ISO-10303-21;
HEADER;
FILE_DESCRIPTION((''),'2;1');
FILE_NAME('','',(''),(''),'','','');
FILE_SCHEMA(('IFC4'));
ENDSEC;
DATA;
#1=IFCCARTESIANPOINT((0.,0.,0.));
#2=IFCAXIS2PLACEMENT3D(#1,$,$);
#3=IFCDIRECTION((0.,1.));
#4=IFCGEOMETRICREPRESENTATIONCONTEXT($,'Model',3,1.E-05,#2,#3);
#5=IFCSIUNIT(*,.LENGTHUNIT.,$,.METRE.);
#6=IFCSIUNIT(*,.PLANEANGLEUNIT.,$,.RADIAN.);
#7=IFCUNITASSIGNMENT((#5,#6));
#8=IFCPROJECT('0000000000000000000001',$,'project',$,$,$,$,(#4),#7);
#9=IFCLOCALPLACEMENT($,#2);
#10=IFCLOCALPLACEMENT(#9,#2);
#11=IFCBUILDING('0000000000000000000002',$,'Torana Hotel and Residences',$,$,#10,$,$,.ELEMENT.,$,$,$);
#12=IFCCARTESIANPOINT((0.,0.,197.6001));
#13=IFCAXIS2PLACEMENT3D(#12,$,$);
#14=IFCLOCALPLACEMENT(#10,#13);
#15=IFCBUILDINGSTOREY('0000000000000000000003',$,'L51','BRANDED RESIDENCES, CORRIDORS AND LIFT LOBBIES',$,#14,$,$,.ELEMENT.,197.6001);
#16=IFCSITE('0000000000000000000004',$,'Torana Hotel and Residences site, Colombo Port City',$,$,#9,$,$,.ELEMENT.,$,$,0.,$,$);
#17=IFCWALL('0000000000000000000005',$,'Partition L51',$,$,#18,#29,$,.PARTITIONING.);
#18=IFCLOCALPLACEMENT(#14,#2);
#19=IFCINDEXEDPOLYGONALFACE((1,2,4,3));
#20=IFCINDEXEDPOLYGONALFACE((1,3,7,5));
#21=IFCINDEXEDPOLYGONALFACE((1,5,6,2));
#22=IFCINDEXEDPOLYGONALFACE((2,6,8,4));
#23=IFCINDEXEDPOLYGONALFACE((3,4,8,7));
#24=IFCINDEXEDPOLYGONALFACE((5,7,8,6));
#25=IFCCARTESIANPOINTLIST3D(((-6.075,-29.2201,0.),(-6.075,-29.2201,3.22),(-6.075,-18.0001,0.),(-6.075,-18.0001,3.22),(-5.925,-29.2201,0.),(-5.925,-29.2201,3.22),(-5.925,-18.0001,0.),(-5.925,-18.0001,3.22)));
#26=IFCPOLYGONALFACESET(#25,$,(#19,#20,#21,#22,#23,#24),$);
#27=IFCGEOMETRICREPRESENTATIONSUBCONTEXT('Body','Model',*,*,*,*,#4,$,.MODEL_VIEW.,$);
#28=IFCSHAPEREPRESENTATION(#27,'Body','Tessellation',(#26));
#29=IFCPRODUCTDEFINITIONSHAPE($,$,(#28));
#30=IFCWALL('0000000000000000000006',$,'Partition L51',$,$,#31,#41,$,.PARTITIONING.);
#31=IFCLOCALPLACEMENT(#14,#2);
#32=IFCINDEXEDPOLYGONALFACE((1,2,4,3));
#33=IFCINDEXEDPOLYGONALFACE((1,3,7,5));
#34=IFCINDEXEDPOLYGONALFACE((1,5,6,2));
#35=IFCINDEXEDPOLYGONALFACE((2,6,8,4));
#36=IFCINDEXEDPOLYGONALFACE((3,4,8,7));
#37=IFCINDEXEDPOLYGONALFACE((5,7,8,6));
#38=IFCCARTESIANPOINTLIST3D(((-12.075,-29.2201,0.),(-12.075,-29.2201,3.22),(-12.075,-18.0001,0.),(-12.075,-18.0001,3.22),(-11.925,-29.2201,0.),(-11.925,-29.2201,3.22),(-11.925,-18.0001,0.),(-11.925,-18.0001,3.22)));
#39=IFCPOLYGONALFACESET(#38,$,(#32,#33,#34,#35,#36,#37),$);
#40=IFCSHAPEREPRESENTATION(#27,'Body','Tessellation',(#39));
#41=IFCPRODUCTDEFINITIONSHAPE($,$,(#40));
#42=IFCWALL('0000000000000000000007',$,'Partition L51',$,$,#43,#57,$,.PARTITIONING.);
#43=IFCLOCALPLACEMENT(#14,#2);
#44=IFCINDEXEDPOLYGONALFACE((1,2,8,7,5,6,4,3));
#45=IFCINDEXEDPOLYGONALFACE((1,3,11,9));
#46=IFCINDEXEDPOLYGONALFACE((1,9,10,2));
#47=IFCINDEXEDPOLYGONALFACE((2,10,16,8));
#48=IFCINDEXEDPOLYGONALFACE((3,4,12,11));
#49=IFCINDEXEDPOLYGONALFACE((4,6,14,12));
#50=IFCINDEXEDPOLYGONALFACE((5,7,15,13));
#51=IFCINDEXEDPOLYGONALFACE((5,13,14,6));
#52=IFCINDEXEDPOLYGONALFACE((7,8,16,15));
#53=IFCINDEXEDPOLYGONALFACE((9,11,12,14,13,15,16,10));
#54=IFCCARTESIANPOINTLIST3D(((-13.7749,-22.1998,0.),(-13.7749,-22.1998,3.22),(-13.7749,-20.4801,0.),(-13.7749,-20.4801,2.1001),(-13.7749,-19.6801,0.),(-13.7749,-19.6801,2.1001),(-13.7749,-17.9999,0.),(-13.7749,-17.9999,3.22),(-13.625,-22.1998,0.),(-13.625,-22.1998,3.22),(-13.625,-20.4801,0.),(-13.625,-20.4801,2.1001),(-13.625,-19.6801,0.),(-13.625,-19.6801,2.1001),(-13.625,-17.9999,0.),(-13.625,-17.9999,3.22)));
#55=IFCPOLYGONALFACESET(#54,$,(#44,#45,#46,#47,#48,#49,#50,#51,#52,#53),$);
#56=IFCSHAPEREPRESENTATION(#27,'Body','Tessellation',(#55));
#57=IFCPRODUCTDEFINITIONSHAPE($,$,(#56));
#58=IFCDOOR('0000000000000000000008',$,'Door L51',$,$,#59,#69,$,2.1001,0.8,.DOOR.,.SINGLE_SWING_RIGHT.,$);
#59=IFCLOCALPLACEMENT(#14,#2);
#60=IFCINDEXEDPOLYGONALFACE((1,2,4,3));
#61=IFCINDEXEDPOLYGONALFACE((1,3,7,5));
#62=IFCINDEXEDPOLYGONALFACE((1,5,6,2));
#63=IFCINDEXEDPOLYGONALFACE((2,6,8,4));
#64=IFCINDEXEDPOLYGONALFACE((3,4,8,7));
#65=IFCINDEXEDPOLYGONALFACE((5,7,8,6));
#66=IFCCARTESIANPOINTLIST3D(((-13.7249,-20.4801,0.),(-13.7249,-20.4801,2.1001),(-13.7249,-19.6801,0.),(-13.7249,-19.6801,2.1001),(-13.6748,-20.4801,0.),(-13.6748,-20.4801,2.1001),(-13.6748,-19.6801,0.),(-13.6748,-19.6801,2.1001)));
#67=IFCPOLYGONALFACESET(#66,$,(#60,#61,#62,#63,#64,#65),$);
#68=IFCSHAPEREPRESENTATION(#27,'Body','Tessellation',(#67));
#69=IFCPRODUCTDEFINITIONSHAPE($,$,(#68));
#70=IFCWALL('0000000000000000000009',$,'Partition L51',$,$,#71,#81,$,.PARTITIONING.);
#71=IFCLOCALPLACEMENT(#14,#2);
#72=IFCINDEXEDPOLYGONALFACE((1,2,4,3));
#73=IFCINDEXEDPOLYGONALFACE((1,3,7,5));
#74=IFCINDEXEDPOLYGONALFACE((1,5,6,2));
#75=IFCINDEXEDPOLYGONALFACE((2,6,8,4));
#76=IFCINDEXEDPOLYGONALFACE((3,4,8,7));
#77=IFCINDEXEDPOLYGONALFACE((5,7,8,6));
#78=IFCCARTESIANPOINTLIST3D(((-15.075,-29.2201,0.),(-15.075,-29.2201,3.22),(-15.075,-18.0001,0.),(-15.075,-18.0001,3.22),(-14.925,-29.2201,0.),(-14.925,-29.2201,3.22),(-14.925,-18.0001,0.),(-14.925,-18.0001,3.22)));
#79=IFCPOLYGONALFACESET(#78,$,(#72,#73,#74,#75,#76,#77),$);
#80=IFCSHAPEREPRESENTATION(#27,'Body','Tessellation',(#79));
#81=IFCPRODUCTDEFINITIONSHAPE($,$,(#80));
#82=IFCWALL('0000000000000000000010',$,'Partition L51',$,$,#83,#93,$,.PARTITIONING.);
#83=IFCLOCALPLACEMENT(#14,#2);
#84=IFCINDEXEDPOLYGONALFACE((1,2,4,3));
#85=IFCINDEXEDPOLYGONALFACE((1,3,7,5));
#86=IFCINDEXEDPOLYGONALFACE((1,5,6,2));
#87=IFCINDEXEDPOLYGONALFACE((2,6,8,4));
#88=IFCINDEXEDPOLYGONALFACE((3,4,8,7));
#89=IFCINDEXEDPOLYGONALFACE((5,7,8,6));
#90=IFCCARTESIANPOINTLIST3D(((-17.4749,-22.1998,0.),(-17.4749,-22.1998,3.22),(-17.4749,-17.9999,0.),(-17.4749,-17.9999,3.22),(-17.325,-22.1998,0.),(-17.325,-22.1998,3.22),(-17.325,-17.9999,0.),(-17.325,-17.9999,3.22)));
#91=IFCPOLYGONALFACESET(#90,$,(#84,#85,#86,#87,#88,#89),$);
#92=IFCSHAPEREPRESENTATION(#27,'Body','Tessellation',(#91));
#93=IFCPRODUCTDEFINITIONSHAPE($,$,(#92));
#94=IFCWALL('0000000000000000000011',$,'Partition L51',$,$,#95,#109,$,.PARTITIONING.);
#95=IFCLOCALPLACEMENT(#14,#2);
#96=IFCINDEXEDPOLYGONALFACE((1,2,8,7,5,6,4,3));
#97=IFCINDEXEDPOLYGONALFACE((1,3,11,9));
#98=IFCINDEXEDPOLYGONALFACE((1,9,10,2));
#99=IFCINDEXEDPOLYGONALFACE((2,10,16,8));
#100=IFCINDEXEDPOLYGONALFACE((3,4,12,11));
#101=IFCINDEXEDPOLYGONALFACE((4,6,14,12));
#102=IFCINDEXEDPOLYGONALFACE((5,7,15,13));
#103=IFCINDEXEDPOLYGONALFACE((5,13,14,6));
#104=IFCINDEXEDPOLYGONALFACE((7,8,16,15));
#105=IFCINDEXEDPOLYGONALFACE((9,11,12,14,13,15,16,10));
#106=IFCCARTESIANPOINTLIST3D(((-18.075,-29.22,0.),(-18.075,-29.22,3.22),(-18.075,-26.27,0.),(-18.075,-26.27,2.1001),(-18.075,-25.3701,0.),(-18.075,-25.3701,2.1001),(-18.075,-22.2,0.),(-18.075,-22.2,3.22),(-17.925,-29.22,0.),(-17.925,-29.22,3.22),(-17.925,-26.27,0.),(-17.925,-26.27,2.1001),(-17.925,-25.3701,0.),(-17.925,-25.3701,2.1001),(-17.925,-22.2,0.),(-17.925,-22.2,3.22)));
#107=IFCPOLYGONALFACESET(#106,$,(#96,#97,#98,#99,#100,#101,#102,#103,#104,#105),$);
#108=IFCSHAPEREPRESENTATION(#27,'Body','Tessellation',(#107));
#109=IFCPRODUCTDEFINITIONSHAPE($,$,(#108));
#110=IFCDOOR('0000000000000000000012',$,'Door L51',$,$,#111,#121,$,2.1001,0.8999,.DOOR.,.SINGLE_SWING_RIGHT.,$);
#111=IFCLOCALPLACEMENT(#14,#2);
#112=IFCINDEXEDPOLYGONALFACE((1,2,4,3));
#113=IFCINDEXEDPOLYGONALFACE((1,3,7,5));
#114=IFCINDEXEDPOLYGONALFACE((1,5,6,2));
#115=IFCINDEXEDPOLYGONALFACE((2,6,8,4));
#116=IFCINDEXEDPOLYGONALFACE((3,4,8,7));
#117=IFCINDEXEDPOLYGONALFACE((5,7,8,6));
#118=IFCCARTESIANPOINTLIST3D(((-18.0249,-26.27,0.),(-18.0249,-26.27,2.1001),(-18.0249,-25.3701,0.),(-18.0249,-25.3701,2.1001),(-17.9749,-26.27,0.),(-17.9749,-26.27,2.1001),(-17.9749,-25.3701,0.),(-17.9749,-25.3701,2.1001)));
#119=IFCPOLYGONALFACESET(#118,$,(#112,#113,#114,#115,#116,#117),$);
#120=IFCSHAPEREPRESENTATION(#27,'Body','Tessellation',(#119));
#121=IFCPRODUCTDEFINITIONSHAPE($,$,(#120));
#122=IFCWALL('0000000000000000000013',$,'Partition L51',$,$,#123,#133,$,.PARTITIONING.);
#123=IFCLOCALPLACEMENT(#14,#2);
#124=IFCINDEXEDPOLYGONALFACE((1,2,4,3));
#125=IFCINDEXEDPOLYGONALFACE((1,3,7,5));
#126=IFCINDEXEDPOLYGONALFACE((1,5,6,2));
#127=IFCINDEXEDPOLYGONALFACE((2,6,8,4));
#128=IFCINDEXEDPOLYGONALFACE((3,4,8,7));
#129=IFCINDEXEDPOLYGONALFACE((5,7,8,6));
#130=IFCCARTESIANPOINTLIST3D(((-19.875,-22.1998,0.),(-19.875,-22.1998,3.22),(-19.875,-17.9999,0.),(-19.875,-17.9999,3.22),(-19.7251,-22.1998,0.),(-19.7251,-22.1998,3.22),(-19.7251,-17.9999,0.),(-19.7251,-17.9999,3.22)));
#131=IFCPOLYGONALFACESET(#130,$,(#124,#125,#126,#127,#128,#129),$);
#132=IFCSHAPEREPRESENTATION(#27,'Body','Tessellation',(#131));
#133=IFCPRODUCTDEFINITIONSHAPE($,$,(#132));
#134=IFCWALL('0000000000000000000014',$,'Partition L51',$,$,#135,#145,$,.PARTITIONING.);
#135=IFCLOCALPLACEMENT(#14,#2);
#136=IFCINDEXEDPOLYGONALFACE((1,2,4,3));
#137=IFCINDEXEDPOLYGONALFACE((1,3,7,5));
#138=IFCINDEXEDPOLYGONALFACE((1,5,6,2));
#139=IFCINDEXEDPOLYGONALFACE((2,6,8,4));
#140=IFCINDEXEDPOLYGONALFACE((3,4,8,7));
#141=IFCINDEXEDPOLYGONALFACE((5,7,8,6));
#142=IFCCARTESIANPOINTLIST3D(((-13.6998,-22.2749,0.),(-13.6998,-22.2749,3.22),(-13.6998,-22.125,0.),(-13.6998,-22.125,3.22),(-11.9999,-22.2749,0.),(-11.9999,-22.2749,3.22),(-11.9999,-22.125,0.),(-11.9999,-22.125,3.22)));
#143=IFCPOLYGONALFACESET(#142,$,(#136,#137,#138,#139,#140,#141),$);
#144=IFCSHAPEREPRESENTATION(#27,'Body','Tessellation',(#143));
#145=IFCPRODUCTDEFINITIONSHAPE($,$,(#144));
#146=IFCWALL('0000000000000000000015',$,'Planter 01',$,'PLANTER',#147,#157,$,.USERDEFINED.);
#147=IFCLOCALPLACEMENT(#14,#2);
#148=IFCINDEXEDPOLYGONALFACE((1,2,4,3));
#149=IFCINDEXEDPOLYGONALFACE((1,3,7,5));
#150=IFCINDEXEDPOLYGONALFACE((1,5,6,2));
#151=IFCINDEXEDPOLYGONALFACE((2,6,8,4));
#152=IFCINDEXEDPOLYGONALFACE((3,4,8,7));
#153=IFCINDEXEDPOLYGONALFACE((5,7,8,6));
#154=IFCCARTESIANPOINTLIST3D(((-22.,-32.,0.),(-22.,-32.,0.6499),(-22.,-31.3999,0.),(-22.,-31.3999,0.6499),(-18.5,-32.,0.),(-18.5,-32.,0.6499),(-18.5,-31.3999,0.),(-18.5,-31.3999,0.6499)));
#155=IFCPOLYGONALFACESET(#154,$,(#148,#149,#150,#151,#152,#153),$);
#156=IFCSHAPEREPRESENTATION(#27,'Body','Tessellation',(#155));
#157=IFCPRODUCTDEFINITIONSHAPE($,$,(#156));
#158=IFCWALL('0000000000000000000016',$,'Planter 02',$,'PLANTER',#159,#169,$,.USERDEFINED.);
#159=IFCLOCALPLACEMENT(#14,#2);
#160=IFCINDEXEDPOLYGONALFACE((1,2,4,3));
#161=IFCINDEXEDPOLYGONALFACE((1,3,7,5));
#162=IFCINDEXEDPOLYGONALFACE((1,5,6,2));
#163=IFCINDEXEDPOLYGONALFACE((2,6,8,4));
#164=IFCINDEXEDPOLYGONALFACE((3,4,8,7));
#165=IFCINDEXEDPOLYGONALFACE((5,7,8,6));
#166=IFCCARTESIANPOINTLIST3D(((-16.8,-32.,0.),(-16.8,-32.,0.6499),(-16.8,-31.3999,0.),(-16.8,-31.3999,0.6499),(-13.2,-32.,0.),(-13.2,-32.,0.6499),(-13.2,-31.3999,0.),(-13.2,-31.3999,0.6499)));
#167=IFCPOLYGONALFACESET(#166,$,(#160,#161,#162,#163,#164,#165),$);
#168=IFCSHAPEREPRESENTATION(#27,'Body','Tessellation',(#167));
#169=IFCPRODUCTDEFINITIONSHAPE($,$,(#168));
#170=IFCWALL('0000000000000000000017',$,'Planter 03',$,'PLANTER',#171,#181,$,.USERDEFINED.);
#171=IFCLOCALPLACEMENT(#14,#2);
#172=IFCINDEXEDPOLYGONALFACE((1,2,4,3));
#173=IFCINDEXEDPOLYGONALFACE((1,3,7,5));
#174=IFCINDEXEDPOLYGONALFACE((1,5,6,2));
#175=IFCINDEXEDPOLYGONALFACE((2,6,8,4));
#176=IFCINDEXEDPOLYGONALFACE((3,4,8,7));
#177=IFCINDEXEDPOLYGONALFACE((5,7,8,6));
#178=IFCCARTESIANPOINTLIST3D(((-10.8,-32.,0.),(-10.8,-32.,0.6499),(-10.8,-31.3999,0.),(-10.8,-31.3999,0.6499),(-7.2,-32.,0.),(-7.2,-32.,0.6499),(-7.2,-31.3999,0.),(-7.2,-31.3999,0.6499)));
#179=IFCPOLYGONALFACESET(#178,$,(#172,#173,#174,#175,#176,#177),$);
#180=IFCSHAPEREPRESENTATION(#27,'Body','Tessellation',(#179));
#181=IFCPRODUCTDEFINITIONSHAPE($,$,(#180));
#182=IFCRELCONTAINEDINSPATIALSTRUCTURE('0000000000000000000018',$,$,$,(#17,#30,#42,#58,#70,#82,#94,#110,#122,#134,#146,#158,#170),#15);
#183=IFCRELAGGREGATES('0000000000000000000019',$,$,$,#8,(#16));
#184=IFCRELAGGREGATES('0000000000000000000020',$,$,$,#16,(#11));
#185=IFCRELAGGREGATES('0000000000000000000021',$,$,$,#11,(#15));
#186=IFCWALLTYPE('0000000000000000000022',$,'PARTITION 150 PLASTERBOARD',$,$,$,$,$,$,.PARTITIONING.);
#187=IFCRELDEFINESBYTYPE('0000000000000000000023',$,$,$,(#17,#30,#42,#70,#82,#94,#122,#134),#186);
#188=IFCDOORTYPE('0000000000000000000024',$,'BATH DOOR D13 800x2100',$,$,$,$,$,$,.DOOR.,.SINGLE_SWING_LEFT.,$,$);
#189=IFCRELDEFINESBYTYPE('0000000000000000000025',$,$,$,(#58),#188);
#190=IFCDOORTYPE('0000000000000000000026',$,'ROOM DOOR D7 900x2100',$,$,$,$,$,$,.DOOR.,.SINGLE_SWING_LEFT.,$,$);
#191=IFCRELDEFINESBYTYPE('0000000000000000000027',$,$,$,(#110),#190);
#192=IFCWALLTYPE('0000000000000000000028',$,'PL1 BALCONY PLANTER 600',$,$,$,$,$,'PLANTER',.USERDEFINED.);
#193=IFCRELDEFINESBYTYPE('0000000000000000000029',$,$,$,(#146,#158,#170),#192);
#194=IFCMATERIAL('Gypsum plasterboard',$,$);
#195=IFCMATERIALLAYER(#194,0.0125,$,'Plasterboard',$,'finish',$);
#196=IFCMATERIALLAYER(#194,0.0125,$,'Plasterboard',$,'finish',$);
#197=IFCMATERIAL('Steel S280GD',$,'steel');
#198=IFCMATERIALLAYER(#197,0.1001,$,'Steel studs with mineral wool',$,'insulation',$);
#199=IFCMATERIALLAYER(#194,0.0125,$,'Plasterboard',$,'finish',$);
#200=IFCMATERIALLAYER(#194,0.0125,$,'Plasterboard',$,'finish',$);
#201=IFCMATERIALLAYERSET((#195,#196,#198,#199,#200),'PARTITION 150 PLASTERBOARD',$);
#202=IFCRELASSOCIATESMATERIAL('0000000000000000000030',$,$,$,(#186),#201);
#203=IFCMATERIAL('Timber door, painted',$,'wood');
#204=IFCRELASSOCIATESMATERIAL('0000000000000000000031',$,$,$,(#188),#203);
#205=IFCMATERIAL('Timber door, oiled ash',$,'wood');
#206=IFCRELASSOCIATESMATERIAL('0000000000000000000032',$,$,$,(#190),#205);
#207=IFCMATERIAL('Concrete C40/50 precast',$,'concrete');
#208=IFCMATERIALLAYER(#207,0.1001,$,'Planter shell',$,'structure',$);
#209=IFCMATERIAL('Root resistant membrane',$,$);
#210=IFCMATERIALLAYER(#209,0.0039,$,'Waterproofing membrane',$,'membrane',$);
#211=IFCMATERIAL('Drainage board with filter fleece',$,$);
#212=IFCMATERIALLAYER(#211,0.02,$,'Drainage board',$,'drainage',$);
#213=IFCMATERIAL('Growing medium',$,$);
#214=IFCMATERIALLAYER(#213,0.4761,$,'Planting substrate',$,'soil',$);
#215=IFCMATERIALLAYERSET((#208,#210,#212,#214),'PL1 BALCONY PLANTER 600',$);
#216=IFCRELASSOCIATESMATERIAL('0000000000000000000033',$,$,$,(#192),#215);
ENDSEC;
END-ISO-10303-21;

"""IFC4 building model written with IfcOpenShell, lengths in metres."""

from ifc_helpers import new_model, si_unit, direction, frame, frame_2d, origin, place, context, subcontext, project, spatial, rectangle, extrude, material, layer, layer_set, type_object, element, fill, save


model = new_model("IFC4")

# Units and contexts
model_context = context("Model", 3, precision=1e-05, world=origin(), true_north=direction((0.0, 1.0)))
body_context = subcontext(model_context, "Body", "Model", "MODEL_VIEW")
ifc_project = project(units=[si_unit("LENGTHUNIT", "METRE"), si_unit("PLANEANGLEUNIT", "RADIAN")], contexts=[model_context])

# Site, building, storey
site_placement = place(None, origin())
site = spatial("IfcSite", under=ifc_project, at=site_placement, Name="Torana Hotel and Residences site, Colombo Port City", CompositionType="ELEMENT", RefElevation=0.0)
building_placement = place(site_placement, origin())
building = spatial("IfcBuilding", under=site, at=building_placement, Name="Torana Hotel and Residences", CompositionType="ELEMENT")
storey_placement = place(building_placement, frame((0.0, 0.0, 197.6001)))
storey = spatial("IfcBuildingStorey", under=building, at=storey_placement, Name="L51", Description="BRANDED RESIDENCES, CORRIDORS AND LIFT LOBBIES", CompositionType="ELEMENT", Elevation=197.6001)

# Walls
ifc_material_1 = material(Name="Gypsum plasterboard")
ifc_layer_1 = layer(ifc_material_1, 0.0125, Name="Plasterboard", Category="finish")
ifc_layer_2 = layer(ifc_material_1, 0.0125, Name="Plasterboard", Category="finish")
ifc_material_2 = material(Name="Steel S280GD", Category="steel")
ifc_layer_3 = layer(ifc_material_2, 0.1001, Name="Steel studs with mineral wool", Category="insulation")
ifc_layer_4 = layer(ifc_material_1, 0.0125, Name="Plasterboard", Category="finish")
ifc_layer_5 = layer(ifc_material_1, 0.0125, Name="Plasterboard", Category="finish")
ifc_layer_set_1 = layer_set([ifc_layer_1, ifc_layer_2, ifc_layer_3, ifc_layer_4, ifc_layer_5], Name="PARTITION 150 PLASTERBOARD")
wall_type_1 = type_object("IfcWallType", Name="PARTITION 150 PLASTERBOARD", PredefinedType="PARTITIONING", material=ifc_layer_set_1)
for number, where, z_axis, x_axis, name in (
    (1, (-6.0, -29.22, 0.0), (0.0, 0.0, 1.0), (0.0, 1.0, 0.0), "Partition L51"),
    (2, (-12.0, -29.22, 0.0), (0.0, 0.0, 1.0), (0.0, 1.0, 0.0), "Partition L51"),
):
    element("IfcWall", number, at=place(storey_placement, frame(where, z_axis=z_axis, x_axis=x_axis)), inside=storey, type_object=wall_type_1, Name=name, PredefinedType="PARTITIONING", context=body_context, shape_type="SweptSolid", body=[
        extrude(rectangle(XDim=11.22, YDim=0.1499, at=frame_2d((5.6099, 0.0))), origin(), (0.0, 0.0, 1.0), 3.22),
    ])

# Wall, opening, door
wall_1_placement = place(storey_placement, frame((-13.7, -22.2, 0.0), z_axis=(0.0, 0.0, 1.0), x_axis=(0.0, 1.0, 0.0)))
wall_1 = element("IfcWall", 3, at=wall_1_placement, inside=storey, type_object=wall_type_1, Name="Partition L51", PredefinedType="PARTITIONING", context=body_context, shape_type="SweptSolid", body=[
    extrude(rectangle(XDim=4.2, YDim=0.1499, at=frame_2d((2.1001, 0.0))), origin(), (0.0, 0.0, 1.0), 3.22),
])
opening_1_placement = place(wall_1_placement, frame((1.72, 0.0, 0.0)))
opening_1 = element("IfcOpeningElement", 4, at=opening_1_placement, cuts=wall_1, PredefinedType="OPENING", context=body_context, shape_type="SweptSolid", body=[
    extrude(rectangle(XDim=0.8, YDim=2.1001, at=frame_2d((0.3999, 1.05))), frame((0.0, 0.085, 0.0), z_axis=(0.0, -1.0, 0.0), x_axis=(1.0, 0.0, 0.0)), (0.0, 0.0, 1.0), 0.1699),
])
ifc_material_3 = material(Name="Timber door, painted", Category="wood")
door_type_1 = type_object("IfcDoorType", Name="BATH DOOR D13 800x2100", OperationType="SINGLE_SWING_LEFT", PredefinedType="DOOR", material=ifc_material_3)
door_1_placement = place(opening_1_placement, origin())
door_1 = element("IfcDoor", 5, at=door_1_placement, inside=storey, type_object=door_type_1, Name="Door L51", OperationType="SINGLE_SWING_RIGHT", OverallHeight=2.1001, OverallWidth=0.8, PredefinedType="DOOR", context=body_context, shape_type="SweptSolid", body=[
    extrude(rectangle(XDim=0.8, YDim=2.1001, at=frame_2d((0.3999, 1.05))), frame((0.0, 0.0249, 0.0), z_axis=(0.0, -1.0, 0.0), x_axis=(1.0, 0.0, 0.0)), (0.0, 0.0, 1.0), 0.05),
])
fill(opening_1, door_1)

# Walls
wall_2_placement = place(storey_placement, frame((-15.0, -29.22, 0.0), z_axis=(0.0, 0.0, 1.0), x_axis=(0.0, 1.0, 0.0)))
element("IfcWall", 6, at=wall_2_placement, inside=storey, type_object=wall_type_1, Name="Partition L51", PredefinedType="PARTITIONING", context=body_context, shape_type="SweptSolid", body=[
    extrude(rectangle(XDim=11.22, YDim=0.1499, at=frame_2d((5.6099, 0.0))), origin(), (0.0, 0.0, 1.0), 3.22),
])
wall_3_placement = place(storey_placement, frame((-17.3999, -22.2, 0.0), z_axis=(0.0, 0.0, 1.0), x_axis=(0.0, 1.0, 0.0)))
element("IfcWall", 7, at=wall_3_placement, inside=storey, type_object=wall_type_1, Name="Partition L51", PredefinedType="PARTITIONING", context=body_context, shape_type="SweptSolid", body=[
    extrude(rectangle(XDim=4.2, YDim=0.1499, at=frame_2d((2.1001, 0.0))), origin(), (0.0, 0.0, 1.0), 3.22),
])

# Wall, opening, door
wall_4_placement = place(storey_placement, frame((-18.0, -29.22, 0.0), z_axis=(0.0, 0.0, 1.0), x_axis=(0.0, 1.0, 0.0)))
wall_4 = element("IfcWall", 8, at=wall_4_placement, inside=storey, type_object=wall_type_1, Name="Partition L51", PredefinedType="PARTITIONING", context=body_context, shape_type="SweptSolid", body=[
    extrude(rectangle(XDim=7.02, YDim=0.1499, at=frame_2d((3.51, 0.0))), origin(), (0.0, 0.0, 1.0), 3.22),
])
opening_2_placement = place(wall_4_placement, frame((2.95, 0.0, 0.0)))
opening_2 = element("IfcOpeningElement", 9, at=opening_2_placement, cuts=wall_4, PredefinedType="OPENING", context=body_context, shape_type="SweptSolid", body=[
    extrude(rectangle(XDim=0.8999, YDim=2.1001, at=frame_2d((0.45, 1.05))), frame((0.0, 0.085, 0.0), z_axis=(0.0, -1.0, 0.0), x_axis=(1.0, 0.0, 0.0)), (0.0, 0.0, 1.0), 0.1699),
])
ifc_material_4 = material(Name="Timber door, oiled ash", Category="wood")
door_type_2 = type_object("IfcDoorType", Name="ROOM DOOR D7 900x2100", OperationType="SINGLE_SWING_LEFT", PredefinedType="DOOR", material=ifc_material_4)
door_2_placement = place(opening_2_placement, origin())
door_2 = element("IfcDoor", 10, at=door_2_placement, inside=storey, type_object=door_type_2, Name="Door L51", OperationType="SINGLE_SWING_RIGHT", OverallHeight=2.1001, OverallWidth=0.8999, PredefinedType="DOOR", context=body_context, shape_type="SweptSolid", body=[
    extrude(rectangle(XDim=0.8999, YDim=2.1001, at=frame_2d((0.45, 1.05))), frame((0.0, 0.0249, 0.0), z_axis=(0.0, -1.0, 0.0), x_axis=(1.0, 0.0, 0.0)), (0.0, 0.0, 1.0), 0.05),
])
fill(opening_2, door_2)

# Walls
wall_5_placement = place(storey_placement, frame((-19.8, -22.2, 0.0), z_axis=(0.0, 0.0, 1.0), x_axis=(0.0, 1.0, 0.0)))
element("IfcWall", 11, at=wall_5_placement, inside=storey, type_object=wall_type_1, Name="Partition L51", PredefinedType="PARTITIONING", context=body_context, shape_type="SweptSolid", body=[
    extrude(rectangle(XDim=4.2, YDim=0.1499, at=frame_2d((2.1001, 0.0))), origin(), (0.0, 0.0, 1.0), 3.22),
])
wall_6_placement = place(storey_placement, frame((-13.7, -22.2, 0.0), z_axis=(0.0, 0.0, 1.0), x_axis=(1.0, 0.0, 0.0)))
element("IfcWall", 12, at=wall_6_placement, inside=storey, type_object=wall_type_1, Name="Partition L51", PredefinedType="PARTITIONING", context=body_context, shape_type="SweptSolid", body=[
    extrude(rectangle(XDim=1.7, YDim=0.1499, at=frame_2d((0.8501, 0.0))), origin(), (0.0, 0.0, 1.0), 3.22),
])
ifc_material_5 = material(Name="Concrete C40/50 precast", Category="concrete")
ifc_layer_6 = layer(ifc_material_5, 0.1001, Name="Planter shell", Category="structure")
ifc_material_6 = material(Name="Root resistant membrane")
ifc_layer_7 = layer(ifc_material_6, 0.0039, Name="Waterproofing membrane", Category="membrane")
ifc_material_7 = material(Name="Drainage board with filter fleece")
ifc_layer_8 = layer(ifc_material_7, 0.02, Name="Drainage board", Category="drainage")
ifc_material_8 = material(Name="Growing medium")
ifc_layer_9 = layer(ifc_material_8, 0.4761, Name="Planting substrate", Category="soil")
ifc_layer_set_2 = layer_set([ifc_layer_6, ifc_layer_7, ifc_layer_8, ifc_layer_9], Name="PL1 BALCONY PLANTER 600")
wall_type_2 = type_object("IfcWallType", Name="PL1 BALCONY PLANTER 600", ElementType="PLANTER", PredefinedType="USERDEFINED", material=ifc_layer_set_2)
wall_7_placement = place(storey_placement, frame((-18.5, -31.7, 0.0), z_axis=(0.0, 0.0, 1.0), x_axis=(-1.0, 0.0, 0.0)))
element("IfcWall", 13, at=wall_7_placement, inside=storey, type_object=wall_type_2, Name="Planter 01", ObjectType="PLANTER", PredefinedType="USERDEFINED", context=body_context, shape_type="SweptSolid", body=[
    extrude(rectangle(XDim=3.5, YDim=0.6001, at=frame_2d((1.75, 0.0))), origin(), (0.0, 0.0, 1.0), 0.6499),
])
for number, where, z_axis, x_axis, name in (
    (14, (-13.2, -31.7, 0.0), (0.0, 0.0, 1.0), (-1.0, 0.0, 0.0), "Planter 02"),
    (15, (-7.2, -31.7, 0.0), (0.0, 0.0, 1.0), (-1.0, 0.0, 0.0), "Planter 03"),
):
    element("IfcWall", number, at=place(storey_placement, frame(where, z_axis=z_axis, x_axis=x_axis)), inside=storey, type_object=wall_type_2, Name=name, ObjectType="PLANTER", PredefinedType="USERDEFINED", context=body_context, shape_type="SweptSolid", body=[
        extrude(rectangle(XDim=3.6001, YDim=0.6001, at=frame_2d((1.8, 0.0))), origin(), (0.0, 0.0, 1.0), 0.6499),
    ])

save(model, "model.ifc")
